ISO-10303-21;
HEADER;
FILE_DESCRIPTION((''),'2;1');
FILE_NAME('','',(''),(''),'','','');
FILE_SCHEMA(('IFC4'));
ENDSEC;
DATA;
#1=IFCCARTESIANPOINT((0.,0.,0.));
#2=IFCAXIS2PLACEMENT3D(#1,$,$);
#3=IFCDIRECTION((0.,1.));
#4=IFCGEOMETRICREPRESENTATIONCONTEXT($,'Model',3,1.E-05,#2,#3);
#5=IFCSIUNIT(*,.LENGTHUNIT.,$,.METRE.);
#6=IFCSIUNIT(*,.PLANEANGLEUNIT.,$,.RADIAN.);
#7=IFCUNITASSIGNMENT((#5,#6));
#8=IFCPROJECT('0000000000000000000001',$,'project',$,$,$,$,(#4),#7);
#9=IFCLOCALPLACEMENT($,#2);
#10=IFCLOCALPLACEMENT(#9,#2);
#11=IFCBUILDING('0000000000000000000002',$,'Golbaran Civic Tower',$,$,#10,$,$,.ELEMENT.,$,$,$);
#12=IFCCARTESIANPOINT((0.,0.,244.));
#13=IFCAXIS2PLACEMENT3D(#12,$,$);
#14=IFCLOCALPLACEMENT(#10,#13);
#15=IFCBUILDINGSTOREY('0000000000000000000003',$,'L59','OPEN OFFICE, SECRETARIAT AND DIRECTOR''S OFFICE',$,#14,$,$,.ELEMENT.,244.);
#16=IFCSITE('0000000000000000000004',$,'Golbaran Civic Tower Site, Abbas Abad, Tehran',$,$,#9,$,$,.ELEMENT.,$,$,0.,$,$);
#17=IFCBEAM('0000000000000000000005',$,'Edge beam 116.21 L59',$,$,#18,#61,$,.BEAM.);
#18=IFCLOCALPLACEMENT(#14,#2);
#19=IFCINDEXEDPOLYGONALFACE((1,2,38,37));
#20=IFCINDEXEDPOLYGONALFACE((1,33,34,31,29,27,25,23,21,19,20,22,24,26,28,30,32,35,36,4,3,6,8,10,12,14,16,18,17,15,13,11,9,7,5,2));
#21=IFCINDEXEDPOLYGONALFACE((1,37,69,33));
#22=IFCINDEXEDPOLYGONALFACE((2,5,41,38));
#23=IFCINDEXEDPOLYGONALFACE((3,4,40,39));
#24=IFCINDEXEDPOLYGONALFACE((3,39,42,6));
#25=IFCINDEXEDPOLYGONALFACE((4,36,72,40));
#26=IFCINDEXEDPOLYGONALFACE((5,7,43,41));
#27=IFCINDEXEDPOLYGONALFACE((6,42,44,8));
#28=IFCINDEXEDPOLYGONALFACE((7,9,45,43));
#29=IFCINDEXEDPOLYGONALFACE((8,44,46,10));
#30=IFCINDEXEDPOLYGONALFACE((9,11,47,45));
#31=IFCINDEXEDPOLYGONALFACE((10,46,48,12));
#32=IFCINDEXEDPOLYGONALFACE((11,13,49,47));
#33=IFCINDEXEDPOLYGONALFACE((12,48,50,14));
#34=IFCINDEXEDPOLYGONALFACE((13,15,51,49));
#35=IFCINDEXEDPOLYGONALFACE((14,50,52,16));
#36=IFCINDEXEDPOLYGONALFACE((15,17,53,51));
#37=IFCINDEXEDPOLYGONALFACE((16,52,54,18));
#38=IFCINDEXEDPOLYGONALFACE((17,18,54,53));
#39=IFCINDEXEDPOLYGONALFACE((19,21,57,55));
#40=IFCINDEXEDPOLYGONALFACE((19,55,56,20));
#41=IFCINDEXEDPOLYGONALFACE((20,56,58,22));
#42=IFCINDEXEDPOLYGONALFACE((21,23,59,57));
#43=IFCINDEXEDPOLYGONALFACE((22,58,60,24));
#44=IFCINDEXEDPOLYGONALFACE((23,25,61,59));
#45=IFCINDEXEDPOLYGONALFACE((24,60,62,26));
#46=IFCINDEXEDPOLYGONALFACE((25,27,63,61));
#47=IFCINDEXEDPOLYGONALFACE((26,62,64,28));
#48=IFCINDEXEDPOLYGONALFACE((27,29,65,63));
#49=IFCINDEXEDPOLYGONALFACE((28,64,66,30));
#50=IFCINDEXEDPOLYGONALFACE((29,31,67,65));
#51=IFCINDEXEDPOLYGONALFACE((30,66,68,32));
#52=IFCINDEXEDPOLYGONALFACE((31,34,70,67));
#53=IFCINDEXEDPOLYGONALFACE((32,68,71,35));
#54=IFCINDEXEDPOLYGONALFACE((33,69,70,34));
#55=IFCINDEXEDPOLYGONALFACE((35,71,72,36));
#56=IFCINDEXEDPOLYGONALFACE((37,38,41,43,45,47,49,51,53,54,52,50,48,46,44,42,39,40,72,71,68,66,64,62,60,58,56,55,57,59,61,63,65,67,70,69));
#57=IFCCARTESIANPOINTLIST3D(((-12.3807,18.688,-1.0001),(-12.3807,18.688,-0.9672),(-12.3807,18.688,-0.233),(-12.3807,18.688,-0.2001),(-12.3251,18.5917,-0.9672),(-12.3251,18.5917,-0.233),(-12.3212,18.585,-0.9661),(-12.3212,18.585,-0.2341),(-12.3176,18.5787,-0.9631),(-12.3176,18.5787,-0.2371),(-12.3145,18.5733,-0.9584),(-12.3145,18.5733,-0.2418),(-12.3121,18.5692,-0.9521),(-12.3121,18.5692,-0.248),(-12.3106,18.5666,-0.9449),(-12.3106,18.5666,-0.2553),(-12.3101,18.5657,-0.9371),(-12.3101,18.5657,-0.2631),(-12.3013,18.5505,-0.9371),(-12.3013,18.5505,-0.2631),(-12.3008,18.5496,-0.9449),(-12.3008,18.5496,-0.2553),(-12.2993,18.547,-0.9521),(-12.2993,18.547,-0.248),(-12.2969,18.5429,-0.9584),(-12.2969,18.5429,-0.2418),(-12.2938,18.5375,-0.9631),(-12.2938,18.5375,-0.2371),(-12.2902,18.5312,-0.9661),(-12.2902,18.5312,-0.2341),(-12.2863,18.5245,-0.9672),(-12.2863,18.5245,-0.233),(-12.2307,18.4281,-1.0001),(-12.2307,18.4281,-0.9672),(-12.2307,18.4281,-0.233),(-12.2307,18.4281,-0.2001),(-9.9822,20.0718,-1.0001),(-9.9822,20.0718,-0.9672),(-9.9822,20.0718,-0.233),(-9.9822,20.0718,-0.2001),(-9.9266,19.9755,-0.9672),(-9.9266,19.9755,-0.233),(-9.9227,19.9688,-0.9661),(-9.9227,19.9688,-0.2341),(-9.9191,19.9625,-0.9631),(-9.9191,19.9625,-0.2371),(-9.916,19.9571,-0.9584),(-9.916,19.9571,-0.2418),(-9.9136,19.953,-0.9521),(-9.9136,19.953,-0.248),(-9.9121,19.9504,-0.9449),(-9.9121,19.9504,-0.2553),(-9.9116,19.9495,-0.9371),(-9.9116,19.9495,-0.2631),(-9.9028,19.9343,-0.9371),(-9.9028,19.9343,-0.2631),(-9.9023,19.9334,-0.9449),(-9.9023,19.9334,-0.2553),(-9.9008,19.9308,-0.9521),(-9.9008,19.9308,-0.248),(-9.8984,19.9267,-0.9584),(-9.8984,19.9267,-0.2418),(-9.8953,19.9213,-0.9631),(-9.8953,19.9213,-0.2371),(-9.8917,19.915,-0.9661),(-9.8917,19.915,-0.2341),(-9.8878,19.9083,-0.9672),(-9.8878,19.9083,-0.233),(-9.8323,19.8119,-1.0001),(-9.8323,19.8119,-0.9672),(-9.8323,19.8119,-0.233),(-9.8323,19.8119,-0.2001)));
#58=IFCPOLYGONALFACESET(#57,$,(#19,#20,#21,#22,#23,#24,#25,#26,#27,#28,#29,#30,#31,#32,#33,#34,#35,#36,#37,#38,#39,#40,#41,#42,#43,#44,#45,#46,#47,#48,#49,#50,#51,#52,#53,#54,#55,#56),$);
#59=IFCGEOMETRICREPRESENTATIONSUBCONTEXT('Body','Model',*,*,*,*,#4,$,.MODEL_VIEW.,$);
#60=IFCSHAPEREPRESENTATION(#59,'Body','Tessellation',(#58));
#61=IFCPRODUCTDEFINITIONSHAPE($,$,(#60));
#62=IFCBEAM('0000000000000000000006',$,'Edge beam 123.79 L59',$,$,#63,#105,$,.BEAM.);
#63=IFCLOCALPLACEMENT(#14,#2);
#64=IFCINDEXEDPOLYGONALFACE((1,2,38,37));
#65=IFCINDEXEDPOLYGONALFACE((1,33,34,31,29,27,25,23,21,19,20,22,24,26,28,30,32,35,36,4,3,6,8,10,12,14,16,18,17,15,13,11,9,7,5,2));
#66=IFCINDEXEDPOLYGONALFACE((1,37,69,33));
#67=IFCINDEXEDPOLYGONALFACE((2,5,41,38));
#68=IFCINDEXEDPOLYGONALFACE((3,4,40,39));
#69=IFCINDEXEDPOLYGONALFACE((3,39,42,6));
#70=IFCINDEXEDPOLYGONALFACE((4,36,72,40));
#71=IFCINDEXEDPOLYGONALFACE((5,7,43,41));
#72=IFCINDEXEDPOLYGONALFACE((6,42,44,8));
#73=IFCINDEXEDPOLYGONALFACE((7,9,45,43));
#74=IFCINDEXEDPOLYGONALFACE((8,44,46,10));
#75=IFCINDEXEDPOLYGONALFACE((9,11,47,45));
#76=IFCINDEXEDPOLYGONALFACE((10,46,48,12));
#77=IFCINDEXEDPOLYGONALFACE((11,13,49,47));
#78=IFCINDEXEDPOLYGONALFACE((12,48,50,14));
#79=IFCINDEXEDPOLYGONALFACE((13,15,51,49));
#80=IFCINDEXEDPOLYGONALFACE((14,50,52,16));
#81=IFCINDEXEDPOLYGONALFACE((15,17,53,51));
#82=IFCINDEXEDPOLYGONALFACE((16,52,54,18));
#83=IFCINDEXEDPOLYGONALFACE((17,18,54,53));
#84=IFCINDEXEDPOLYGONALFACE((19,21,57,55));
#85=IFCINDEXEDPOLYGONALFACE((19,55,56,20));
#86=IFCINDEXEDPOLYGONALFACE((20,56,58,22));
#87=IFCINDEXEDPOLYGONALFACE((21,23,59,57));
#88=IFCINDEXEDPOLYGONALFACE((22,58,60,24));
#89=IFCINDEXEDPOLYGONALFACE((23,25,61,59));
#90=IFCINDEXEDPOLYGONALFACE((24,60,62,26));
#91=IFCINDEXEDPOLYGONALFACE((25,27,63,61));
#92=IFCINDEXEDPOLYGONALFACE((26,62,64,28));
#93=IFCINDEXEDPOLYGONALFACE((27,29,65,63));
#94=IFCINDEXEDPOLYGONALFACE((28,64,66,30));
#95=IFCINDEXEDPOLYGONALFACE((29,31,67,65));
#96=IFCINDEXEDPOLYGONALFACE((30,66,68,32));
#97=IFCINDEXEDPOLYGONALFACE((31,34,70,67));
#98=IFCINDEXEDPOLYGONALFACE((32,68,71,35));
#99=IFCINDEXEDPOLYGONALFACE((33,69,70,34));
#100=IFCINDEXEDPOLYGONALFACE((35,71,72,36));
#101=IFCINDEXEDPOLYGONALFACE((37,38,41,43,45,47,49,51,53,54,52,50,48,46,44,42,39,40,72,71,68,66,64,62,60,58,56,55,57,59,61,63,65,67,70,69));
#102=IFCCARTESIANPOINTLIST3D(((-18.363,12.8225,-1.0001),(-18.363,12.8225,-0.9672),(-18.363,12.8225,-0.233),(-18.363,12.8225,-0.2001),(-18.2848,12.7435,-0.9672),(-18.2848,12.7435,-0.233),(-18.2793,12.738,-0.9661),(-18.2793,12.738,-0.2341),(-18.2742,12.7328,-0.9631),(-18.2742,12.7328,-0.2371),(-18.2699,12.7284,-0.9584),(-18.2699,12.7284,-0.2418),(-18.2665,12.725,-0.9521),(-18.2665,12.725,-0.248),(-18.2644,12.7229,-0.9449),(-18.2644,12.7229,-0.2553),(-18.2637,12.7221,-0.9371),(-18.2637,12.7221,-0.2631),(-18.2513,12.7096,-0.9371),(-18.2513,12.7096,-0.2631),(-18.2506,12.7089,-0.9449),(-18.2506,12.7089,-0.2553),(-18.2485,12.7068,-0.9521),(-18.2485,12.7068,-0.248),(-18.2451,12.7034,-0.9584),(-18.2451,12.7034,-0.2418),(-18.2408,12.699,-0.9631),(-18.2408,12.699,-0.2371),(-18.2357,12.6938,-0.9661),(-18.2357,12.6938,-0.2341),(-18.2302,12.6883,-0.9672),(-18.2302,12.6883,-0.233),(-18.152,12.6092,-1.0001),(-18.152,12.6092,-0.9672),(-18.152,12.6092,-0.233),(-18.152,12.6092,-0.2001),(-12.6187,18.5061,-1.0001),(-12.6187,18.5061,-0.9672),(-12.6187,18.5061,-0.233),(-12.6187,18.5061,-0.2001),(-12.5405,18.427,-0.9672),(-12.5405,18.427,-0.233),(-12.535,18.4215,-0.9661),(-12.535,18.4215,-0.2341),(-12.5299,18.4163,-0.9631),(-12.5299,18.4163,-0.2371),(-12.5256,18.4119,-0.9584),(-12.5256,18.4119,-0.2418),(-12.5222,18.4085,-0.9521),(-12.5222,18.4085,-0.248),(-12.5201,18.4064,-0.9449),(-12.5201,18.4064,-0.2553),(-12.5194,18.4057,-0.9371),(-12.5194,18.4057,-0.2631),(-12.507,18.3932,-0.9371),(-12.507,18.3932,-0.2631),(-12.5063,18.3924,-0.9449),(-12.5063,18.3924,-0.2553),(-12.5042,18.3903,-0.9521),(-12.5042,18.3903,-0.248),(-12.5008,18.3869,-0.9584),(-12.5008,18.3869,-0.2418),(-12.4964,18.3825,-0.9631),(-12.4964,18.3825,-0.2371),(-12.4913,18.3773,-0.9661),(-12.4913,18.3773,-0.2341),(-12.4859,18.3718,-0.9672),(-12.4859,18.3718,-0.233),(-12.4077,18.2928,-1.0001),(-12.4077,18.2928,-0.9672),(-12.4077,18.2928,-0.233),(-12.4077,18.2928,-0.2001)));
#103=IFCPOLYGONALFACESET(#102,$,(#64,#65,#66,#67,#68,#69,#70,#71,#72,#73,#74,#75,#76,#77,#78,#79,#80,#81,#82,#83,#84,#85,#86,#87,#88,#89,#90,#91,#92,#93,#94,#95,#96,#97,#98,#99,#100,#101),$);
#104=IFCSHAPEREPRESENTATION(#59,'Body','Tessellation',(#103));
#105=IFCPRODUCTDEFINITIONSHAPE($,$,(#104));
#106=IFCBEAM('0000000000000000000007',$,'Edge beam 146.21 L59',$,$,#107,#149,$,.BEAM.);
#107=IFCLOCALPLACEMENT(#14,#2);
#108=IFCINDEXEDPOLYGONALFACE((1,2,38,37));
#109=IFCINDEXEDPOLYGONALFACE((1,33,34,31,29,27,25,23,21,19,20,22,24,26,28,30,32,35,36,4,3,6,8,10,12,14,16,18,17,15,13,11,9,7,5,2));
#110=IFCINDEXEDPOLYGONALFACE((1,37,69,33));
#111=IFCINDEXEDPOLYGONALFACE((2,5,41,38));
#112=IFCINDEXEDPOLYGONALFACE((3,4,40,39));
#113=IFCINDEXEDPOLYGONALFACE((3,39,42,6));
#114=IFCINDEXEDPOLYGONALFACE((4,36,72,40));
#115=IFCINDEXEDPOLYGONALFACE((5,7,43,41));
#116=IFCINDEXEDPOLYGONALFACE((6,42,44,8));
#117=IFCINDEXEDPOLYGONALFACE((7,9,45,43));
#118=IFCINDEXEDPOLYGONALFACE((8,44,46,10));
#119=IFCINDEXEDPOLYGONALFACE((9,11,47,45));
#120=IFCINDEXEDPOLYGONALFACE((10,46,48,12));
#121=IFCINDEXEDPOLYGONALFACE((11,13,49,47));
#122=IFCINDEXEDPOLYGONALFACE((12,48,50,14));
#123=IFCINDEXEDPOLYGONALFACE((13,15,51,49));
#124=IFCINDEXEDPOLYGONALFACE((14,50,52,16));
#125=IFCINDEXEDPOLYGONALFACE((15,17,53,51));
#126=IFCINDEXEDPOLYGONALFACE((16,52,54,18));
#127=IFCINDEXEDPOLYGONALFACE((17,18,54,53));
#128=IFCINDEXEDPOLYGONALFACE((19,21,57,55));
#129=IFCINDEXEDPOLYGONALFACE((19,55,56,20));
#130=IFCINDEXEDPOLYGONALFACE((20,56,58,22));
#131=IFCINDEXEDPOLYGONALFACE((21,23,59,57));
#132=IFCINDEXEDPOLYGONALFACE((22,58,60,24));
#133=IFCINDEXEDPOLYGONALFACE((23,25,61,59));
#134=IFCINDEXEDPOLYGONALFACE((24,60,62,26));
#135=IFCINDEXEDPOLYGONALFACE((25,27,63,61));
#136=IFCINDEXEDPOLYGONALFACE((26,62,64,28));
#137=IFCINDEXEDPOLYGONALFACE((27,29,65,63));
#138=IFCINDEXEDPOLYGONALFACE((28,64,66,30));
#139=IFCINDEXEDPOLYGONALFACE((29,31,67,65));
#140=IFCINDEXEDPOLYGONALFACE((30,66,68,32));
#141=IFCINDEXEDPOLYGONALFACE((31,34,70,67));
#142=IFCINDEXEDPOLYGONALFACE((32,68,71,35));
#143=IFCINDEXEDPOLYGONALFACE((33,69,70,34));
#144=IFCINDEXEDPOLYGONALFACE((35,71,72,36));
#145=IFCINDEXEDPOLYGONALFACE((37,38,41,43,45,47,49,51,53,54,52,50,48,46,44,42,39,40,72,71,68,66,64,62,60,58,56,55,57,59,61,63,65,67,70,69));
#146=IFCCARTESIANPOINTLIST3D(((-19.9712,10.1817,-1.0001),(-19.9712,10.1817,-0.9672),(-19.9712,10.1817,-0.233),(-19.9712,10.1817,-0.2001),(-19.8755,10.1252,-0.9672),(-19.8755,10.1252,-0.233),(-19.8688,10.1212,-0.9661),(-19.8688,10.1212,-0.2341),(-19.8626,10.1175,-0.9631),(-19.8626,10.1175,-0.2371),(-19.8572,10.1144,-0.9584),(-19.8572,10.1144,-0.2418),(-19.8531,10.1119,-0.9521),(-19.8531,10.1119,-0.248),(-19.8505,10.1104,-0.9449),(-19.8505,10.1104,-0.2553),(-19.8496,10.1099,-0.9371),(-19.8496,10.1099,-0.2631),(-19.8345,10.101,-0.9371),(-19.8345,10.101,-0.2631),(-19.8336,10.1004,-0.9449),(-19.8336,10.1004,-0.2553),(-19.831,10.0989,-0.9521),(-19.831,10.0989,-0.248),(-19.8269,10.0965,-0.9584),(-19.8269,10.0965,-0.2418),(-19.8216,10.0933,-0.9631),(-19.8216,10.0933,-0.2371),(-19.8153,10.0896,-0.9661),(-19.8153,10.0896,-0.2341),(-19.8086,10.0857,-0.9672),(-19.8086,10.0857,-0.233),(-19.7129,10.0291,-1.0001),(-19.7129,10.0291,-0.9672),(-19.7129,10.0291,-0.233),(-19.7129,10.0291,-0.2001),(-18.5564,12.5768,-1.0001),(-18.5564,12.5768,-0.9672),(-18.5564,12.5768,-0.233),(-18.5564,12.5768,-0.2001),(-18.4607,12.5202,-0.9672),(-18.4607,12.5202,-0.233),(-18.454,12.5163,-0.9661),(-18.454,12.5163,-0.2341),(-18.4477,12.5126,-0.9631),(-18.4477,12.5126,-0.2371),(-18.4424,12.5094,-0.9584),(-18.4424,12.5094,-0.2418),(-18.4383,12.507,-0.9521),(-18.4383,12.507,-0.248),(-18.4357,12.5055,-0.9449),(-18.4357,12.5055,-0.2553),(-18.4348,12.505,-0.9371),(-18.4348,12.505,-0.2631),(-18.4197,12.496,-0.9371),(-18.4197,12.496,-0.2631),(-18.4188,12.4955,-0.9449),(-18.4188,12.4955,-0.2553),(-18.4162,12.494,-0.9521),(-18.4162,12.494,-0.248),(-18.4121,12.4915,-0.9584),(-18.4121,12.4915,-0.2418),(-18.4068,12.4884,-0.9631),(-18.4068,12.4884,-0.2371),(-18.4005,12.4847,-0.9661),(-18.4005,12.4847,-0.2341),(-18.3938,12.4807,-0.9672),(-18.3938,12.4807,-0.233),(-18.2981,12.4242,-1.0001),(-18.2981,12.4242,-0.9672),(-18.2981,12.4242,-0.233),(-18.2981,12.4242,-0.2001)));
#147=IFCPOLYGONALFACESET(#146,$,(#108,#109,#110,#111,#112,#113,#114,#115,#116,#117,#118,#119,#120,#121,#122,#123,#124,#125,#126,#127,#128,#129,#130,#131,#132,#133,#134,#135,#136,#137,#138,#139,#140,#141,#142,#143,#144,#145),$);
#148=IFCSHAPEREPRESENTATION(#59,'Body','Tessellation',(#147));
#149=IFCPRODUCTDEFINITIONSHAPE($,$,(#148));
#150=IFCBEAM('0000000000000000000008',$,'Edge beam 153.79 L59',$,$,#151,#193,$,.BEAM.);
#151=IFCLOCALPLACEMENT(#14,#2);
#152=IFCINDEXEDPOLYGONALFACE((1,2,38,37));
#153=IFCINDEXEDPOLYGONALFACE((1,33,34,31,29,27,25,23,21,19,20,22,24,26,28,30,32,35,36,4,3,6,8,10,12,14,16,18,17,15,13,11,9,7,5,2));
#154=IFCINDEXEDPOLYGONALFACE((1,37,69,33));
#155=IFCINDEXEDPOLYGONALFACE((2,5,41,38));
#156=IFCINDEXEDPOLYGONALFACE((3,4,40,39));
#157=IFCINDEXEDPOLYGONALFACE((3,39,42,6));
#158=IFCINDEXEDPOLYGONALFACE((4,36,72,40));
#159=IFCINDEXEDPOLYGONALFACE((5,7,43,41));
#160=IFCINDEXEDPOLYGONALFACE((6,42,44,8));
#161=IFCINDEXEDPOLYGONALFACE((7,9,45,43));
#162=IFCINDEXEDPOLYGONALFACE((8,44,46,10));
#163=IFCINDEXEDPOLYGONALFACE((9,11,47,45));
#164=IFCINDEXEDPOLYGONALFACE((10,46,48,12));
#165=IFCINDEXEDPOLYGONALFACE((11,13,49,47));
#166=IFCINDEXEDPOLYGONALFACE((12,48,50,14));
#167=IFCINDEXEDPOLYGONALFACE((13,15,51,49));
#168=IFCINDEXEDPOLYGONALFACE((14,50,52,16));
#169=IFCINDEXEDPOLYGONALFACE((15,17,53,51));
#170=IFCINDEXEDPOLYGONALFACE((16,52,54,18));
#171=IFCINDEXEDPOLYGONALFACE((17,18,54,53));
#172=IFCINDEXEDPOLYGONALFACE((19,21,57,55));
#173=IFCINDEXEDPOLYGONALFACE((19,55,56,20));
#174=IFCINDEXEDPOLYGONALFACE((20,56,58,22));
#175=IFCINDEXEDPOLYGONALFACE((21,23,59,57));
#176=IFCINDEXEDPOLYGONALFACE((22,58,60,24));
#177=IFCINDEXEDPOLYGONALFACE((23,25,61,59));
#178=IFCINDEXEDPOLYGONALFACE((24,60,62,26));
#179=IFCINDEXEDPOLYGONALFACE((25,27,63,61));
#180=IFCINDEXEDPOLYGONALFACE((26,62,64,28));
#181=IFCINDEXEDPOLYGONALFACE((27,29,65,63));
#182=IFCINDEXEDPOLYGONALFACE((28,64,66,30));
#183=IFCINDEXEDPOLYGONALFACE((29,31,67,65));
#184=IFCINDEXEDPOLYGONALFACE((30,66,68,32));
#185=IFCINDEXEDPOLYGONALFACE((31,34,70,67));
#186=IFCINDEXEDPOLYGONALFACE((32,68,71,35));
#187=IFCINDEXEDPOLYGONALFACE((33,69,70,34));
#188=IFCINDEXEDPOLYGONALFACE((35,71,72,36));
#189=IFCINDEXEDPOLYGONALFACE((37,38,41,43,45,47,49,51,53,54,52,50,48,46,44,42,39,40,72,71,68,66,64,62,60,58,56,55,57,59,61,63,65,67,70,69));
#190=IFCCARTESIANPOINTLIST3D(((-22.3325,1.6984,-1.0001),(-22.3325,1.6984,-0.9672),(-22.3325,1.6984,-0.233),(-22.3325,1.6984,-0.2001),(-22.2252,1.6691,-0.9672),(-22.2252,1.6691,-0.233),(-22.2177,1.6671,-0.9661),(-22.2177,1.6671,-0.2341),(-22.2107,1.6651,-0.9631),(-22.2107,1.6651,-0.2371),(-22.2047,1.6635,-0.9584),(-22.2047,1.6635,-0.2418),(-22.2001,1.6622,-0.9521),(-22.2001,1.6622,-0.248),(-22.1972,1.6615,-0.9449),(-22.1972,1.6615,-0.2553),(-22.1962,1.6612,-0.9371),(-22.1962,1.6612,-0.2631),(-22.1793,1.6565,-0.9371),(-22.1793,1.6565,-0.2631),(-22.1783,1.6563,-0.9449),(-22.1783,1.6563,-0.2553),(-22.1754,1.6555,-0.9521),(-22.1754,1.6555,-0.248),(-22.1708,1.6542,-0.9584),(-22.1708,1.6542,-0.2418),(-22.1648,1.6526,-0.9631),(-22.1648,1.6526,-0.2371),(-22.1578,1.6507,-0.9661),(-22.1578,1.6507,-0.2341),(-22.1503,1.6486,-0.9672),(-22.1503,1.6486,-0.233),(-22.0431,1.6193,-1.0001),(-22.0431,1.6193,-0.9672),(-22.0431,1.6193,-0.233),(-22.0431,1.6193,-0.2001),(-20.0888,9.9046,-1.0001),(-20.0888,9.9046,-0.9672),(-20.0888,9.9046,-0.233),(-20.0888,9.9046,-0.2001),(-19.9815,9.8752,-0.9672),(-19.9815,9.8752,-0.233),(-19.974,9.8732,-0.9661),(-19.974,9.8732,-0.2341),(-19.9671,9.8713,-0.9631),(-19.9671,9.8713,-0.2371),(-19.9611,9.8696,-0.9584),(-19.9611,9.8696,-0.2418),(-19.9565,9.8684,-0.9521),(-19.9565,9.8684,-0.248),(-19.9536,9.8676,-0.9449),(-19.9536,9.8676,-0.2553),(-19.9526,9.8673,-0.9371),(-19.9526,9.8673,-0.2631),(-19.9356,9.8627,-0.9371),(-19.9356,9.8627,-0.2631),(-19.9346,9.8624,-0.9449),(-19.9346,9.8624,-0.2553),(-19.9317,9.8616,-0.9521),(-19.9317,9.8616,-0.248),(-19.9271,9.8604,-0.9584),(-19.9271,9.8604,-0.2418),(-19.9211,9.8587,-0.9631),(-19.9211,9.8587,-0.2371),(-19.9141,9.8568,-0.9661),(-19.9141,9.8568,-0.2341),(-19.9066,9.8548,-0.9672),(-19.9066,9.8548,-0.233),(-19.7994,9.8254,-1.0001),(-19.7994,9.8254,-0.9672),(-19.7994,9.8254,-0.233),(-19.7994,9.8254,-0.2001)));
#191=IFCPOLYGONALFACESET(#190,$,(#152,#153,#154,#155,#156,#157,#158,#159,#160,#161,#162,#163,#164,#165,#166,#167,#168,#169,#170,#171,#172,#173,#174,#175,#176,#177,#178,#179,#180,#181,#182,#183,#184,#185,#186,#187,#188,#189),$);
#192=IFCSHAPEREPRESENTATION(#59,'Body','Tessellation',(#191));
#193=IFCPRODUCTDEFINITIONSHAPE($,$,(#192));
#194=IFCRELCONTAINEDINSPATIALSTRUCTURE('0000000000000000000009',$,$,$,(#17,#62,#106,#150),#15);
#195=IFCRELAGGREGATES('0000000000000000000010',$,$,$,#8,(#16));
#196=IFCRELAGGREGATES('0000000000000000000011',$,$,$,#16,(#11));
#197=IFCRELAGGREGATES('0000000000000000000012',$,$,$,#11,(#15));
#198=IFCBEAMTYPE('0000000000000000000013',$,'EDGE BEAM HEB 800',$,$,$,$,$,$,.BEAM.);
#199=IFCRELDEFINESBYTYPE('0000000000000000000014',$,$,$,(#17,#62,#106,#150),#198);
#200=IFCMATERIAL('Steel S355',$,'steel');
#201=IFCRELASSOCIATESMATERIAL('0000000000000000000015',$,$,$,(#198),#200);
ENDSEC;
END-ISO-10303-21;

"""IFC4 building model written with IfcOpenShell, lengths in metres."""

from ifc_helpers import new_model, si_unit, direction, frame, origin, origin_2d, place, context, subcontext, project, spatial, i_section, extrude, material, material_profile, profile_set, type_object, element, save


model = new_model("IFC4")

# Units and contexts
model_context = context("Model", 3, precision=1e-05, world=origin(), true_north=direction((0.0, 1.0)))
body_context = subcontext(model_context, "Body", "Model", "MODEL_VIEW")
ifc_project = project(units=[si_unit("LENGTHUNIT", "METRE"), si_unit("PLANEANGLEUNIT", "RADIAN")], contexts=[model_context])

# Site, building, storey
site_placement = place(None, origin())
site = spatial("IfcSite", under=ifc_project, at=site_placement, Name="Golbaran Civic Tower Site, Abbas Abad, Tehran", CompositionType="ELEMENT", RefElevation=0.0)
building_placement = place(site_placement, origin())
building = spatial("IfcBuilding", under=site, at=building_placement, Name="Golbaran Civic Tower", CompositionType="ELEMENT")
storey_placement = place(building_placement, frame((0.0, 0.0, 244.0)))
storey = spatial("IfcBuildingStorey", under=building, at=storey_placement, Name="L59", Description="OPEN OFFICE, SECRETARIAT AND DIRECTOR'S OFFICE", CompositionType="ELEMENT", Elevation=244.0)

# Beams
ifc_material_1 = material(Name="Steel S355", Category="steel")
ifc_material_profile_1 = material_profile(ifc_material_1, i_section(OverallWidth=0.3, OverallDepth=0.8, WebThickness=0.0176, FlangeThickness=0.033, FilletRadius=0.03, at=origin_2d()), Name="HEB 800")
ifc_profile_set_1 = profile_set([ifc_material_profile_1], Name="Steel S355")
beam_type_1 = type_object("IfcBeamType", Name="EDGE BEAM HEB 800", PredefinedType="BEAM", material=ifc_profile_set_1)
beam_1_placement = place(storey_placement, frame((-9.9072, 19.9419, -0.6001), z_axis=(-0.866174, -0.499743, 0.0), x_axis=(0.499743, -0.866174, 0.0)))
element("IfcBeam", 1, at=beam_1_placement, inside=storey, type_object=beam_type_1, Name="Edge beam 116.21 L59", PredefinedType="BEAM", context=body_context, shape_type="SweptSolid", body=[
    extrude(i_section(OverallWidth=0.3, OverallDepth=0.8, WebThickness=0.0176, FlangeThickness=0.033, FilletRadius=0.03, at=origin_2d()), origin(), (0.0, 0.0, 1.0), 2.769),
])
beam_2_placement = place(storey_placement, frame((-12.5132, 18.3994, -0.6001), z_axis=(-0.710858, -0.703335, 0.0), x_axis=(0.703335, -0.710858, 0.0)))
element("IfcBeam", 2, at=beam_2_placement, inside=storey, type_object=beam_type_1, Name="Edge beam 123.79 L59", PredefinedType="BEAM", context=body_context, shape_type="SweptSolid", body=[
    extrude(i_section(OverallWidth=0.3, OverallDepth=0.8, WebThickness=0.0176, FlangeThickness=0.033, FilletRadius=0.03, at=origin_2d()), origin(), (0.0, 0.0, 1.0), 8.0808),
])
beam_3_placement = place(storey_placement, frame((-18.4272, 12.5005, -0.6001), z_axis=(-0.508611, -0.860996, 0.0), x_axis=(0.860996, -0.508611, 0.0)))
element("IfcBeam", 3, at=beam_3_placement, inside=storey, type_object=beam_type_1, Name="Edge beam 146.21 L59", PredefinedType="BEAM", context=body_context, shape_type="SweptSolid", body=[
    extrude(i_section(OverallWidth=0.3, OverallDepth=0.8, WebThickness=0.0176, FlangeThickness=0.033, FilletRadius=0.03, at=origin_2d()), origin(), (0.0, 0.0, 1.0), 2.7817),
])
beam_4_placement = place(storey_placement, frame((-19.9441, 9.865, -0.6001), z_axis=(-0.263734, -0.964595, 0.0), x_axis=(0.964595, -0.263734, 0.0)))
element("IfcBeam", 4, at=beam_4_placement, inside=storey, type_object=beam_type_1, Name="Edge beam 153.79 L59", PredefinedType="BEAM", context=body_context, shape_type="SweptSolid", body=[
    extrude(i_section(OverallWidth=0.3, OverallDepth=0.8, WebThickness=0.0176, FlangeThickness=0.033, FilletRadius=0.03, at=origin_2d()), origin(), (0.0, 0.0, 1.0), 8.5073),
])

save(model, "model.ifc")
